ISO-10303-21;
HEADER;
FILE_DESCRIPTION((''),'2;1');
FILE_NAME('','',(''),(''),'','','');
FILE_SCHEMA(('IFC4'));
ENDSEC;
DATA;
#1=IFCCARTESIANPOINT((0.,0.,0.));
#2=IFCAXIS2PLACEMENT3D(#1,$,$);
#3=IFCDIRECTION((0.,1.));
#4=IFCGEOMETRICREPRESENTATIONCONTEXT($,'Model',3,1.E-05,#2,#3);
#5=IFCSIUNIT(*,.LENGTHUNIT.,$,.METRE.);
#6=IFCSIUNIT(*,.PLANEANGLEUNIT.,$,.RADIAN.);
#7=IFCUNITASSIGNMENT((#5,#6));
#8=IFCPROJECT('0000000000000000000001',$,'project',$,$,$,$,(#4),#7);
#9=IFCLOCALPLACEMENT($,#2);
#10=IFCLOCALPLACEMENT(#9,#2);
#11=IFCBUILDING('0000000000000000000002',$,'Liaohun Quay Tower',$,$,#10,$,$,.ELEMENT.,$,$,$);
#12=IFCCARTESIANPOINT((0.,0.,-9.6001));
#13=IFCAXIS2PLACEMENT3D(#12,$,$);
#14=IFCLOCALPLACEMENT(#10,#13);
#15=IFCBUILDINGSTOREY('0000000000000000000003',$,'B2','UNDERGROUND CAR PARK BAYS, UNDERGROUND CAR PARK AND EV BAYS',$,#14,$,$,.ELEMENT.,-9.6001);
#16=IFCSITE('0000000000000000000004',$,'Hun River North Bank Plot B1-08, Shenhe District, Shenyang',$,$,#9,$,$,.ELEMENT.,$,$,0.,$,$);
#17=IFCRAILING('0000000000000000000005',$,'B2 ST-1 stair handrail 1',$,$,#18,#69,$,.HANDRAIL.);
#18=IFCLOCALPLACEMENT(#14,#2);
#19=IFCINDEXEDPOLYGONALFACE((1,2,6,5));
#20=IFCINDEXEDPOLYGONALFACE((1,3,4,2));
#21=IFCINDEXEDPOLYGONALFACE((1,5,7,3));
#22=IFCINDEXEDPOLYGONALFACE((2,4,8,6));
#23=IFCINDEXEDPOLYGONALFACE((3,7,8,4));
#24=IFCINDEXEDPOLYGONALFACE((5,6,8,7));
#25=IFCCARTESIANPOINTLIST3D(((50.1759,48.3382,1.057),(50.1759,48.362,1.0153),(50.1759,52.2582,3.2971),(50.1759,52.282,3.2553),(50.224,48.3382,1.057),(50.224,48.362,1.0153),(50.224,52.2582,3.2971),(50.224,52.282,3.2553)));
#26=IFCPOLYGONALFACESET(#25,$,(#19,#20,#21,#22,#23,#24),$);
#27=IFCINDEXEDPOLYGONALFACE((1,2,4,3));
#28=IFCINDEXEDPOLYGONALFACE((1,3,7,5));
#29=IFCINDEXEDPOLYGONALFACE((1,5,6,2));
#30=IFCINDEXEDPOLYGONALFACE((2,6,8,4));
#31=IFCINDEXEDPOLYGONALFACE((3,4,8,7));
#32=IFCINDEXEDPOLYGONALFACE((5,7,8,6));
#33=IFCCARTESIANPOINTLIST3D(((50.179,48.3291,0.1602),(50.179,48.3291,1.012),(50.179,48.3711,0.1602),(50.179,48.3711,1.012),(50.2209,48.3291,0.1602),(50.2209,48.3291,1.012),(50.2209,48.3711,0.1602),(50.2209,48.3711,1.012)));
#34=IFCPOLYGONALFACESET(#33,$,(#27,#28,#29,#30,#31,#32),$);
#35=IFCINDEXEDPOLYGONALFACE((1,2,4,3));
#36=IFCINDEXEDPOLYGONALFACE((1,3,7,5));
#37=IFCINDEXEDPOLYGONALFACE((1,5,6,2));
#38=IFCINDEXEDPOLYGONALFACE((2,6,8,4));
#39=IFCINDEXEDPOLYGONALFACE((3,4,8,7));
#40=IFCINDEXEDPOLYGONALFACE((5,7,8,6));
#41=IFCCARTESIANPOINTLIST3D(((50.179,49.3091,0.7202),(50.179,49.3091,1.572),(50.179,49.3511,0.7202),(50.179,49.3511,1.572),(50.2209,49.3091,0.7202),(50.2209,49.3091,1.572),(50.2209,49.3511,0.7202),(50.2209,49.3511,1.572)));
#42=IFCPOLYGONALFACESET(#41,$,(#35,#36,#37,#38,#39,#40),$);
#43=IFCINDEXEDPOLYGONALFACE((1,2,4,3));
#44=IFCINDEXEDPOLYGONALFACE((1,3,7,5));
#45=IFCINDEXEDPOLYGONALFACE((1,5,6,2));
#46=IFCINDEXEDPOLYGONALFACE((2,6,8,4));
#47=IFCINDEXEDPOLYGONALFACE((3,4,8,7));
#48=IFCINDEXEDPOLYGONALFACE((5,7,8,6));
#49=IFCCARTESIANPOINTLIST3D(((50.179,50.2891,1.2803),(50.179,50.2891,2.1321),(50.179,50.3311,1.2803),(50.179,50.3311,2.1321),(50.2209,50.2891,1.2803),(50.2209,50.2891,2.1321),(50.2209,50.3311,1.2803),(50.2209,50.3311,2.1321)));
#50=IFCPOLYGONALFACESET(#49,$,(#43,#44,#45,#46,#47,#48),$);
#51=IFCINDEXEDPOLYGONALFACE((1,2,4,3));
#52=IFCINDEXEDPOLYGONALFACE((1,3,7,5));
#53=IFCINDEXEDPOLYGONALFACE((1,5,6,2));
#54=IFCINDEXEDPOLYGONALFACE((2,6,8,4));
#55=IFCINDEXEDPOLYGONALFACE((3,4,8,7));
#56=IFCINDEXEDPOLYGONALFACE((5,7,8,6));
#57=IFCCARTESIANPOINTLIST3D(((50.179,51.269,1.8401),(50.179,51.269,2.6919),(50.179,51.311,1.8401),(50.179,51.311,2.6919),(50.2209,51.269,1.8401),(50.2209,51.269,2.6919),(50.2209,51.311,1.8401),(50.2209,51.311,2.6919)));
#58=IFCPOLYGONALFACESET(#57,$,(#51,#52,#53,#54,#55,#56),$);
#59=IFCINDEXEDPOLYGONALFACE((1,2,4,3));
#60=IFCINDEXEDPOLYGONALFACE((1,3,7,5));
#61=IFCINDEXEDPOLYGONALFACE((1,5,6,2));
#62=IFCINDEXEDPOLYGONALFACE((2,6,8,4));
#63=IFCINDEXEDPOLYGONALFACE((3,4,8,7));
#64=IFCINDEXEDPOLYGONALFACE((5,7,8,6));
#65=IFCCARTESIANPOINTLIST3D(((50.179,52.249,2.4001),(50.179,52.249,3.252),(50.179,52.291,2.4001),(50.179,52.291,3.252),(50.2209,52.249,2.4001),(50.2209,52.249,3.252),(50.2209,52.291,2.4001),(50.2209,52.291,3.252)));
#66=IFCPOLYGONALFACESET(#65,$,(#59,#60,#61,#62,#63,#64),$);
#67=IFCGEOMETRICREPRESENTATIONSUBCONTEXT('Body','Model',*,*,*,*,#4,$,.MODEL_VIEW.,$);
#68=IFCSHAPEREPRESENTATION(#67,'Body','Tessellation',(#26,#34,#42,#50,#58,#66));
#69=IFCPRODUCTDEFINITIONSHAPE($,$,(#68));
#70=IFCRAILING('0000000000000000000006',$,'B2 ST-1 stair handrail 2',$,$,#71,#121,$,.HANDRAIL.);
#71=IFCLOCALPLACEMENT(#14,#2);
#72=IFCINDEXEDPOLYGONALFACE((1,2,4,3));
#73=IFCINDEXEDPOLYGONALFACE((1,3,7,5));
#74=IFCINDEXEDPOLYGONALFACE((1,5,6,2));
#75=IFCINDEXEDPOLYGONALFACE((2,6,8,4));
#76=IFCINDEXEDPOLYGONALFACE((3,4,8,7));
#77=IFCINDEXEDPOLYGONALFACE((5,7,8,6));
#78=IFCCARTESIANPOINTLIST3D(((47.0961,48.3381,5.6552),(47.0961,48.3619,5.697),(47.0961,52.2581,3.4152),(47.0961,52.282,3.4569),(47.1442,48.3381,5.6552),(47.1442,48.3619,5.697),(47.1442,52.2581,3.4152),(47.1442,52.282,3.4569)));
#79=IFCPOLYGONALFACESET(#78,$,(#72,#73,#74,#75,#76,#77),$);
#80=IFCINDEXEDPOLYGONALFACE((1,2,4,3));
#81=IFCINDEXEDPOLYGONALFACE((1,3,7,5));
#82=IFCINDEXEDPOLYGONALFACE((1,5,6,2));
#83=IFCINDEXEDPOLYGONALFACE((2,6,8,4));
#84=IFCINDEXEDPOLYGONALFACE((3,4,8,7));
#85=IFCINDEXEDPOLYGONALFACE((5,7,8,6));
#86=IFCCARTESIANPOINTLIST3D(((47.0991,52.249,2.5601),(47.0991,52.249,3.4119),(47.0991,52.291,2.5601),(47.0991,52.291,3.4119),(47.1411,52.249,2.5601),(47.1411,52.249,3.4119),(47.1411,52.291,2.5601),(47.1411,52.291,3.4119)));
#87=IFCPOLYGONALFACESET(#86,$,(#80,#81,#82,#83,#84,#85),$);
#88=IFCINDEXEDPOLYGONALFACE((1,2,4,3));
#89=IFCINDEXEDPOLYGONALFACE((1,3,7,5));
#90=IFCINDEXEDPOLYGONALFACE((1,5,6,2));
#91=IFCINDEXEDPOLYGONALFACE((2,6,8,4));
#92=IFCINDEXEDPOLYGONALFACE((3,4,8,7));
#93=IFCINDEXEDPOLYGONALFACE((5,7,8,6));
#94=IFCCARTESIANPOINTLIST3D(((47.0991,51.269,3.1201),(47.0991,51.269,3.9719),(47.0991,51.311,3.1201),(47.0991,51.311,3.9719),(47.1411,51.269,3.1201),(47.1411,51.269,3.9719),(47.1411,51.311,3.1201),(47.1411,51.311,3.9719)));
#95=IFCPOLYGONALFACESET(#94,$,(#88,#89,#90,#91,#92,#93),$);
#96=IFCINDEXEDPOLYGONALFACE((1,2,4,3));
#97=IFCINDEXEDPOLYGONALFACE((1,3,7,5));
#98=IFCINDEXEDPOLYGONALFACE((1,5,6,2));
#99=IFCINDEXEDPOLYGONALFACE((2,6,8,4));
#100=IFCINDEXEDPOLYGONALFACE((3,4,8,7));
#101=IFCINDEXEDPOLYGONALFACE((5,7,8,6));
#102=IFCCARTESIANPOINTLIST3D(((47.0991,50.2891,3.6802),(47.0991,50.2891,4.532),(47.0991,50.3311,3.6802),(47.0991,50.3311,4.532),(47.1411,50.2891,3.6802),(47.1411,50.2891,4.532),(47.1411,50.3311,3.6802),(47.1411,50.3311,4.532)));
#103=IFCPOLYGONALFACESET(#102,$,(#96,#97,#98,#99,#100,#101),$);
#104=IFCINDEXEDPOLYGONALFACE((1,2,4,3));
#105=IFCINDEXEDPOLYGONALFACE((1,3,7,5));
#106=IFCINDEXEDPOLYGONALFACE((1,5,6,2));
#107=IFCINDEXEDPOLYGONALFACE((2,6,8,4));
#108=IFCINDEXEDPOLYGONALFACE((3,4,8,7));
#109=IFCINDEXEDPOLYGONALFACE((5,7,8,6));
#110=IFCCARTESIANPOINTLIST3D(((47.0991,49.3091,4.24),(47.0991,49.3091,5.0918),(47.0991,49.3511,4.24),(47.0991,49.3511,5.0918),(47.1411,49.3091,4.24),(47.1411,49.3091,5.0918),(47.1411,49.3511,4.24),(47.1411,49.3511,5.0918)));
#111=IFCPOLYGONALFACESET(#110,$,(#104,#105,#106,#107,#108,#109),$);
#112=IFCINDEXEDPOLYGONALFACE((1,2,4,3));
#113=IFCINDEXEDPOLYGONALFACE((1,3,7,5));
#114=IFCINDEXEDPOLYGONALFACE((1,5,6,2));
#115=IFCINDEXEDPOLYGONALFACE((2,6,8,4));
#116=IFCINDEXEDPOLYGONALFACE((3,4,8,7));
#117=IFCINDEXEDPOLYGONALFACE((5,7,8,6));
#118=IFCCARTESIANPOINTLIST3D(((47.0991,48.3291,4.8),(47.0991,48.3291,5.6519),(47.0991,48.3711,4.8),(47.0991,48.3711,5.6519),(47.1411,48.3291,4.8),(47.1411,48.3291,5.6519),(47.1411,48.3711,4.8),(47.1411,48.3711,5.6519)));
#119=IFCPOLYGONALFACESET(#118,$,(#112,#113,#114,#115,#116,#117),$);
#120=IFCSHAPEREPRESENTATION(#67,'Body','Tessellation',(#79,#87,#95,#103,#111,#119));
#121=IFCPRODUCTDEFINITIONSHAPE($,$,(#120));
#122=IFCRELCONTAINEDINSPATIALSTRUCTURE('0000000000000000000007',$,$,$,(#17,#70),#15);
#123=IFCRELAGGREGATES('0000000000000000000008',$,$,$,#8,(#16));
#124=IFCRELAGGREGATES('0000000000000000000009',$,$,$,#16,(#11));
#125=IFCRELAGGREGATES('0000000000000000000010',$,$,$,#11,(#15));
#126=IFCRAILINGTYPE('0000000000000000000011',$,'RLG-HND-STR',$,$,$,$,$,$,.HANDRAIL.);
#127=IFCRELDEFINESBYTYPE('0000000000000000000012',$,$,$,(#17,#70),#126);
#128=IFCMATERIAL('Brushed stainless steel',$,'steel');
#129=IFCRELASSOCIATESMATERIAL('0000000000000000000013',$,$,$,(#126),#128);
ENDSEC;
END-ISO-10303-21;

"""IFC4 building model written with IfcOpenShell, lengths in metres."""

from ifc_helpers import new_model, si_unit, direction, frame, origin, origin_2d, place, context, subcontext, project, spatial, rectangle, extrude, material, type_object, element, save


model = new_model("IFC4")

# Units and contexts
model_context = context("Model", 3, precision=1e-05, world=origin(), true_north=direction((0.0, 1.0)))
body_context = subcontext(model_context, "Body", "Model", "MODEL_VIEW")
ifc_project = project(units=[si_unit("LENGTHUNIT", "METRE"), si_unit("PLANEANGLEUNIT", "RADIAN")], contexts=[model_context])

# Site, building, storey
site_placement = place(None, origin())
site = spatial("IfcSite", under=ifc_project, at=site_placement, Name="Hun River North Bank Plot B1-08, Shenhe District, Shenyang", CompositionType="ELEMENT", RefElevation=0.0)
building_placement = place(site_placement, origin())
building = spatial("IfcBuilding", under=site, at=building_placement, Name="Liaohun Quay Tower", CompositionType="ELEMENT")
storey_placement = place(building_placement, frame((0.0, 0.0, -9.6001)))
storey = spatial("IfcBuildingStorey", under=building, at=storey_placement, Name="B2", Description="UNDERGROUND CAR PARK BAYS, UNDERGROUND CAR PARK AND EV BAYS", CompositionType="ELEMENT", Elevation=-9.6001)

# Railings
ifc_material_1 = material(Name="Brushed stainless steel", Category="steel")
railing_type_1 = type_object("IfcRailingType", Name="RLG-HND-STR", PredefinedType="HANDRAIL", material=ifc_material_1)
railing_1_placement = place(storey_placement, frame((50.2, 48.3501, 0.1602)))
element("IfcRailing", 1, at=railing_1_placement, inside=storey, type_object=railing_type_1, Name="B2 ST-1 stair handrail 1", PredefinedType="HANDRAIL", context=body_context, shape_type="SweptSolid", body=[
    extrude(rectangle(XDim=0.0481, YDim=0.0481, at=origin_2d()), frame((0.0, 0.0, 0.876), z_axis=(0.0, 0.86824, 0.496145), x_axis=(-1.0, 0.0, 0.0)), (0.0, 0.0, 1.0), 4.5149),
    extrude(rectangle(XDim=0.042, YDim=0.042, at=origin_2d()), origin(), (0.0, 0.0, 1.0), 0.8518),
    extrude(rectangle(XDim=0.042, YDim=0.042, at=origin_2d()), frame((0.0, 0.98, 0.5601)), (0.0, 0.0, 1.0), 0.8518),
    extrude(rectangle(XDim=0.042, YDim=0.042, at=origin_2d()), frame((0.0, 1.96, 1.1201)), (0.0, 0.0, 1.0), 0.8518),
    extrude(rectangle(XDim=0.042, YDim=0.042, at=origin_2d()), frame((0.0, 2.9399, 1.6799)), (0.0, 0.0, 1.0), 0.8518),
    extrude(rectangle(XDim=0.042, YDim=0.042, at=origin_2d()), frame((0.0, 3.9199, 2.24)), (0.0, 0.0, 1.0), 0.8518),
])
railing_2_placement = place(storey_placement, frame((47.1201, 52.27, 2.5601)))
element("IfcRailing", 2, at=railing_2_placement, inside=storey, type_object=railing_type_1, Name="B2 ST-1 stair handrail 2", PredefinedType="HANDRAIL", context=body_context, shape_type="SweptSolid", body=[
    extrude(rectangle(XDim=0.0481, YDim=0.0481, at=origin_2d()), frame((0.0, 0.0, 0.876), z_axis=(0.0, -0.86824, 0.496145), x_axis=(1.0, 0.0, 0.0)), (0.0, 0.0, 1.0), 4.5149),
    extrude(rectangle(XDim=0.042, YDim=0.042, at=origin_2d()), origin(), (0.0, 0.0, 1.0), 0.8518),
    extrude(rectangle(XDim=0.042, YDim=0.042, at=origin_2d()), frame((0.0, -0.98, 0.5601)), (0.0, 0.0, 1.0), 0.8518),
    extrude(rectangle(XDim=0.042, YDim=0.042, at=origin_2d()), frame((0.0, -1.96, 1.1201)), (0.0, 0.0, 1.0), 0.8518),
    extrude(rectangle(XDim=0.042, YDim=0.042, at=origin_2d()), frame((0.0, -2.9399, 1.6799)), (0.0, 0.0, 1.0), 0.8518),
    extrude(rectangle(XDim=0.042, YDim=0.042, at=origin_2d()), frame((0.0, -3.9199, 2.24)), (0.0, 0.0, 1.0), 0.8518),
])

save(model, "model.ifc")
